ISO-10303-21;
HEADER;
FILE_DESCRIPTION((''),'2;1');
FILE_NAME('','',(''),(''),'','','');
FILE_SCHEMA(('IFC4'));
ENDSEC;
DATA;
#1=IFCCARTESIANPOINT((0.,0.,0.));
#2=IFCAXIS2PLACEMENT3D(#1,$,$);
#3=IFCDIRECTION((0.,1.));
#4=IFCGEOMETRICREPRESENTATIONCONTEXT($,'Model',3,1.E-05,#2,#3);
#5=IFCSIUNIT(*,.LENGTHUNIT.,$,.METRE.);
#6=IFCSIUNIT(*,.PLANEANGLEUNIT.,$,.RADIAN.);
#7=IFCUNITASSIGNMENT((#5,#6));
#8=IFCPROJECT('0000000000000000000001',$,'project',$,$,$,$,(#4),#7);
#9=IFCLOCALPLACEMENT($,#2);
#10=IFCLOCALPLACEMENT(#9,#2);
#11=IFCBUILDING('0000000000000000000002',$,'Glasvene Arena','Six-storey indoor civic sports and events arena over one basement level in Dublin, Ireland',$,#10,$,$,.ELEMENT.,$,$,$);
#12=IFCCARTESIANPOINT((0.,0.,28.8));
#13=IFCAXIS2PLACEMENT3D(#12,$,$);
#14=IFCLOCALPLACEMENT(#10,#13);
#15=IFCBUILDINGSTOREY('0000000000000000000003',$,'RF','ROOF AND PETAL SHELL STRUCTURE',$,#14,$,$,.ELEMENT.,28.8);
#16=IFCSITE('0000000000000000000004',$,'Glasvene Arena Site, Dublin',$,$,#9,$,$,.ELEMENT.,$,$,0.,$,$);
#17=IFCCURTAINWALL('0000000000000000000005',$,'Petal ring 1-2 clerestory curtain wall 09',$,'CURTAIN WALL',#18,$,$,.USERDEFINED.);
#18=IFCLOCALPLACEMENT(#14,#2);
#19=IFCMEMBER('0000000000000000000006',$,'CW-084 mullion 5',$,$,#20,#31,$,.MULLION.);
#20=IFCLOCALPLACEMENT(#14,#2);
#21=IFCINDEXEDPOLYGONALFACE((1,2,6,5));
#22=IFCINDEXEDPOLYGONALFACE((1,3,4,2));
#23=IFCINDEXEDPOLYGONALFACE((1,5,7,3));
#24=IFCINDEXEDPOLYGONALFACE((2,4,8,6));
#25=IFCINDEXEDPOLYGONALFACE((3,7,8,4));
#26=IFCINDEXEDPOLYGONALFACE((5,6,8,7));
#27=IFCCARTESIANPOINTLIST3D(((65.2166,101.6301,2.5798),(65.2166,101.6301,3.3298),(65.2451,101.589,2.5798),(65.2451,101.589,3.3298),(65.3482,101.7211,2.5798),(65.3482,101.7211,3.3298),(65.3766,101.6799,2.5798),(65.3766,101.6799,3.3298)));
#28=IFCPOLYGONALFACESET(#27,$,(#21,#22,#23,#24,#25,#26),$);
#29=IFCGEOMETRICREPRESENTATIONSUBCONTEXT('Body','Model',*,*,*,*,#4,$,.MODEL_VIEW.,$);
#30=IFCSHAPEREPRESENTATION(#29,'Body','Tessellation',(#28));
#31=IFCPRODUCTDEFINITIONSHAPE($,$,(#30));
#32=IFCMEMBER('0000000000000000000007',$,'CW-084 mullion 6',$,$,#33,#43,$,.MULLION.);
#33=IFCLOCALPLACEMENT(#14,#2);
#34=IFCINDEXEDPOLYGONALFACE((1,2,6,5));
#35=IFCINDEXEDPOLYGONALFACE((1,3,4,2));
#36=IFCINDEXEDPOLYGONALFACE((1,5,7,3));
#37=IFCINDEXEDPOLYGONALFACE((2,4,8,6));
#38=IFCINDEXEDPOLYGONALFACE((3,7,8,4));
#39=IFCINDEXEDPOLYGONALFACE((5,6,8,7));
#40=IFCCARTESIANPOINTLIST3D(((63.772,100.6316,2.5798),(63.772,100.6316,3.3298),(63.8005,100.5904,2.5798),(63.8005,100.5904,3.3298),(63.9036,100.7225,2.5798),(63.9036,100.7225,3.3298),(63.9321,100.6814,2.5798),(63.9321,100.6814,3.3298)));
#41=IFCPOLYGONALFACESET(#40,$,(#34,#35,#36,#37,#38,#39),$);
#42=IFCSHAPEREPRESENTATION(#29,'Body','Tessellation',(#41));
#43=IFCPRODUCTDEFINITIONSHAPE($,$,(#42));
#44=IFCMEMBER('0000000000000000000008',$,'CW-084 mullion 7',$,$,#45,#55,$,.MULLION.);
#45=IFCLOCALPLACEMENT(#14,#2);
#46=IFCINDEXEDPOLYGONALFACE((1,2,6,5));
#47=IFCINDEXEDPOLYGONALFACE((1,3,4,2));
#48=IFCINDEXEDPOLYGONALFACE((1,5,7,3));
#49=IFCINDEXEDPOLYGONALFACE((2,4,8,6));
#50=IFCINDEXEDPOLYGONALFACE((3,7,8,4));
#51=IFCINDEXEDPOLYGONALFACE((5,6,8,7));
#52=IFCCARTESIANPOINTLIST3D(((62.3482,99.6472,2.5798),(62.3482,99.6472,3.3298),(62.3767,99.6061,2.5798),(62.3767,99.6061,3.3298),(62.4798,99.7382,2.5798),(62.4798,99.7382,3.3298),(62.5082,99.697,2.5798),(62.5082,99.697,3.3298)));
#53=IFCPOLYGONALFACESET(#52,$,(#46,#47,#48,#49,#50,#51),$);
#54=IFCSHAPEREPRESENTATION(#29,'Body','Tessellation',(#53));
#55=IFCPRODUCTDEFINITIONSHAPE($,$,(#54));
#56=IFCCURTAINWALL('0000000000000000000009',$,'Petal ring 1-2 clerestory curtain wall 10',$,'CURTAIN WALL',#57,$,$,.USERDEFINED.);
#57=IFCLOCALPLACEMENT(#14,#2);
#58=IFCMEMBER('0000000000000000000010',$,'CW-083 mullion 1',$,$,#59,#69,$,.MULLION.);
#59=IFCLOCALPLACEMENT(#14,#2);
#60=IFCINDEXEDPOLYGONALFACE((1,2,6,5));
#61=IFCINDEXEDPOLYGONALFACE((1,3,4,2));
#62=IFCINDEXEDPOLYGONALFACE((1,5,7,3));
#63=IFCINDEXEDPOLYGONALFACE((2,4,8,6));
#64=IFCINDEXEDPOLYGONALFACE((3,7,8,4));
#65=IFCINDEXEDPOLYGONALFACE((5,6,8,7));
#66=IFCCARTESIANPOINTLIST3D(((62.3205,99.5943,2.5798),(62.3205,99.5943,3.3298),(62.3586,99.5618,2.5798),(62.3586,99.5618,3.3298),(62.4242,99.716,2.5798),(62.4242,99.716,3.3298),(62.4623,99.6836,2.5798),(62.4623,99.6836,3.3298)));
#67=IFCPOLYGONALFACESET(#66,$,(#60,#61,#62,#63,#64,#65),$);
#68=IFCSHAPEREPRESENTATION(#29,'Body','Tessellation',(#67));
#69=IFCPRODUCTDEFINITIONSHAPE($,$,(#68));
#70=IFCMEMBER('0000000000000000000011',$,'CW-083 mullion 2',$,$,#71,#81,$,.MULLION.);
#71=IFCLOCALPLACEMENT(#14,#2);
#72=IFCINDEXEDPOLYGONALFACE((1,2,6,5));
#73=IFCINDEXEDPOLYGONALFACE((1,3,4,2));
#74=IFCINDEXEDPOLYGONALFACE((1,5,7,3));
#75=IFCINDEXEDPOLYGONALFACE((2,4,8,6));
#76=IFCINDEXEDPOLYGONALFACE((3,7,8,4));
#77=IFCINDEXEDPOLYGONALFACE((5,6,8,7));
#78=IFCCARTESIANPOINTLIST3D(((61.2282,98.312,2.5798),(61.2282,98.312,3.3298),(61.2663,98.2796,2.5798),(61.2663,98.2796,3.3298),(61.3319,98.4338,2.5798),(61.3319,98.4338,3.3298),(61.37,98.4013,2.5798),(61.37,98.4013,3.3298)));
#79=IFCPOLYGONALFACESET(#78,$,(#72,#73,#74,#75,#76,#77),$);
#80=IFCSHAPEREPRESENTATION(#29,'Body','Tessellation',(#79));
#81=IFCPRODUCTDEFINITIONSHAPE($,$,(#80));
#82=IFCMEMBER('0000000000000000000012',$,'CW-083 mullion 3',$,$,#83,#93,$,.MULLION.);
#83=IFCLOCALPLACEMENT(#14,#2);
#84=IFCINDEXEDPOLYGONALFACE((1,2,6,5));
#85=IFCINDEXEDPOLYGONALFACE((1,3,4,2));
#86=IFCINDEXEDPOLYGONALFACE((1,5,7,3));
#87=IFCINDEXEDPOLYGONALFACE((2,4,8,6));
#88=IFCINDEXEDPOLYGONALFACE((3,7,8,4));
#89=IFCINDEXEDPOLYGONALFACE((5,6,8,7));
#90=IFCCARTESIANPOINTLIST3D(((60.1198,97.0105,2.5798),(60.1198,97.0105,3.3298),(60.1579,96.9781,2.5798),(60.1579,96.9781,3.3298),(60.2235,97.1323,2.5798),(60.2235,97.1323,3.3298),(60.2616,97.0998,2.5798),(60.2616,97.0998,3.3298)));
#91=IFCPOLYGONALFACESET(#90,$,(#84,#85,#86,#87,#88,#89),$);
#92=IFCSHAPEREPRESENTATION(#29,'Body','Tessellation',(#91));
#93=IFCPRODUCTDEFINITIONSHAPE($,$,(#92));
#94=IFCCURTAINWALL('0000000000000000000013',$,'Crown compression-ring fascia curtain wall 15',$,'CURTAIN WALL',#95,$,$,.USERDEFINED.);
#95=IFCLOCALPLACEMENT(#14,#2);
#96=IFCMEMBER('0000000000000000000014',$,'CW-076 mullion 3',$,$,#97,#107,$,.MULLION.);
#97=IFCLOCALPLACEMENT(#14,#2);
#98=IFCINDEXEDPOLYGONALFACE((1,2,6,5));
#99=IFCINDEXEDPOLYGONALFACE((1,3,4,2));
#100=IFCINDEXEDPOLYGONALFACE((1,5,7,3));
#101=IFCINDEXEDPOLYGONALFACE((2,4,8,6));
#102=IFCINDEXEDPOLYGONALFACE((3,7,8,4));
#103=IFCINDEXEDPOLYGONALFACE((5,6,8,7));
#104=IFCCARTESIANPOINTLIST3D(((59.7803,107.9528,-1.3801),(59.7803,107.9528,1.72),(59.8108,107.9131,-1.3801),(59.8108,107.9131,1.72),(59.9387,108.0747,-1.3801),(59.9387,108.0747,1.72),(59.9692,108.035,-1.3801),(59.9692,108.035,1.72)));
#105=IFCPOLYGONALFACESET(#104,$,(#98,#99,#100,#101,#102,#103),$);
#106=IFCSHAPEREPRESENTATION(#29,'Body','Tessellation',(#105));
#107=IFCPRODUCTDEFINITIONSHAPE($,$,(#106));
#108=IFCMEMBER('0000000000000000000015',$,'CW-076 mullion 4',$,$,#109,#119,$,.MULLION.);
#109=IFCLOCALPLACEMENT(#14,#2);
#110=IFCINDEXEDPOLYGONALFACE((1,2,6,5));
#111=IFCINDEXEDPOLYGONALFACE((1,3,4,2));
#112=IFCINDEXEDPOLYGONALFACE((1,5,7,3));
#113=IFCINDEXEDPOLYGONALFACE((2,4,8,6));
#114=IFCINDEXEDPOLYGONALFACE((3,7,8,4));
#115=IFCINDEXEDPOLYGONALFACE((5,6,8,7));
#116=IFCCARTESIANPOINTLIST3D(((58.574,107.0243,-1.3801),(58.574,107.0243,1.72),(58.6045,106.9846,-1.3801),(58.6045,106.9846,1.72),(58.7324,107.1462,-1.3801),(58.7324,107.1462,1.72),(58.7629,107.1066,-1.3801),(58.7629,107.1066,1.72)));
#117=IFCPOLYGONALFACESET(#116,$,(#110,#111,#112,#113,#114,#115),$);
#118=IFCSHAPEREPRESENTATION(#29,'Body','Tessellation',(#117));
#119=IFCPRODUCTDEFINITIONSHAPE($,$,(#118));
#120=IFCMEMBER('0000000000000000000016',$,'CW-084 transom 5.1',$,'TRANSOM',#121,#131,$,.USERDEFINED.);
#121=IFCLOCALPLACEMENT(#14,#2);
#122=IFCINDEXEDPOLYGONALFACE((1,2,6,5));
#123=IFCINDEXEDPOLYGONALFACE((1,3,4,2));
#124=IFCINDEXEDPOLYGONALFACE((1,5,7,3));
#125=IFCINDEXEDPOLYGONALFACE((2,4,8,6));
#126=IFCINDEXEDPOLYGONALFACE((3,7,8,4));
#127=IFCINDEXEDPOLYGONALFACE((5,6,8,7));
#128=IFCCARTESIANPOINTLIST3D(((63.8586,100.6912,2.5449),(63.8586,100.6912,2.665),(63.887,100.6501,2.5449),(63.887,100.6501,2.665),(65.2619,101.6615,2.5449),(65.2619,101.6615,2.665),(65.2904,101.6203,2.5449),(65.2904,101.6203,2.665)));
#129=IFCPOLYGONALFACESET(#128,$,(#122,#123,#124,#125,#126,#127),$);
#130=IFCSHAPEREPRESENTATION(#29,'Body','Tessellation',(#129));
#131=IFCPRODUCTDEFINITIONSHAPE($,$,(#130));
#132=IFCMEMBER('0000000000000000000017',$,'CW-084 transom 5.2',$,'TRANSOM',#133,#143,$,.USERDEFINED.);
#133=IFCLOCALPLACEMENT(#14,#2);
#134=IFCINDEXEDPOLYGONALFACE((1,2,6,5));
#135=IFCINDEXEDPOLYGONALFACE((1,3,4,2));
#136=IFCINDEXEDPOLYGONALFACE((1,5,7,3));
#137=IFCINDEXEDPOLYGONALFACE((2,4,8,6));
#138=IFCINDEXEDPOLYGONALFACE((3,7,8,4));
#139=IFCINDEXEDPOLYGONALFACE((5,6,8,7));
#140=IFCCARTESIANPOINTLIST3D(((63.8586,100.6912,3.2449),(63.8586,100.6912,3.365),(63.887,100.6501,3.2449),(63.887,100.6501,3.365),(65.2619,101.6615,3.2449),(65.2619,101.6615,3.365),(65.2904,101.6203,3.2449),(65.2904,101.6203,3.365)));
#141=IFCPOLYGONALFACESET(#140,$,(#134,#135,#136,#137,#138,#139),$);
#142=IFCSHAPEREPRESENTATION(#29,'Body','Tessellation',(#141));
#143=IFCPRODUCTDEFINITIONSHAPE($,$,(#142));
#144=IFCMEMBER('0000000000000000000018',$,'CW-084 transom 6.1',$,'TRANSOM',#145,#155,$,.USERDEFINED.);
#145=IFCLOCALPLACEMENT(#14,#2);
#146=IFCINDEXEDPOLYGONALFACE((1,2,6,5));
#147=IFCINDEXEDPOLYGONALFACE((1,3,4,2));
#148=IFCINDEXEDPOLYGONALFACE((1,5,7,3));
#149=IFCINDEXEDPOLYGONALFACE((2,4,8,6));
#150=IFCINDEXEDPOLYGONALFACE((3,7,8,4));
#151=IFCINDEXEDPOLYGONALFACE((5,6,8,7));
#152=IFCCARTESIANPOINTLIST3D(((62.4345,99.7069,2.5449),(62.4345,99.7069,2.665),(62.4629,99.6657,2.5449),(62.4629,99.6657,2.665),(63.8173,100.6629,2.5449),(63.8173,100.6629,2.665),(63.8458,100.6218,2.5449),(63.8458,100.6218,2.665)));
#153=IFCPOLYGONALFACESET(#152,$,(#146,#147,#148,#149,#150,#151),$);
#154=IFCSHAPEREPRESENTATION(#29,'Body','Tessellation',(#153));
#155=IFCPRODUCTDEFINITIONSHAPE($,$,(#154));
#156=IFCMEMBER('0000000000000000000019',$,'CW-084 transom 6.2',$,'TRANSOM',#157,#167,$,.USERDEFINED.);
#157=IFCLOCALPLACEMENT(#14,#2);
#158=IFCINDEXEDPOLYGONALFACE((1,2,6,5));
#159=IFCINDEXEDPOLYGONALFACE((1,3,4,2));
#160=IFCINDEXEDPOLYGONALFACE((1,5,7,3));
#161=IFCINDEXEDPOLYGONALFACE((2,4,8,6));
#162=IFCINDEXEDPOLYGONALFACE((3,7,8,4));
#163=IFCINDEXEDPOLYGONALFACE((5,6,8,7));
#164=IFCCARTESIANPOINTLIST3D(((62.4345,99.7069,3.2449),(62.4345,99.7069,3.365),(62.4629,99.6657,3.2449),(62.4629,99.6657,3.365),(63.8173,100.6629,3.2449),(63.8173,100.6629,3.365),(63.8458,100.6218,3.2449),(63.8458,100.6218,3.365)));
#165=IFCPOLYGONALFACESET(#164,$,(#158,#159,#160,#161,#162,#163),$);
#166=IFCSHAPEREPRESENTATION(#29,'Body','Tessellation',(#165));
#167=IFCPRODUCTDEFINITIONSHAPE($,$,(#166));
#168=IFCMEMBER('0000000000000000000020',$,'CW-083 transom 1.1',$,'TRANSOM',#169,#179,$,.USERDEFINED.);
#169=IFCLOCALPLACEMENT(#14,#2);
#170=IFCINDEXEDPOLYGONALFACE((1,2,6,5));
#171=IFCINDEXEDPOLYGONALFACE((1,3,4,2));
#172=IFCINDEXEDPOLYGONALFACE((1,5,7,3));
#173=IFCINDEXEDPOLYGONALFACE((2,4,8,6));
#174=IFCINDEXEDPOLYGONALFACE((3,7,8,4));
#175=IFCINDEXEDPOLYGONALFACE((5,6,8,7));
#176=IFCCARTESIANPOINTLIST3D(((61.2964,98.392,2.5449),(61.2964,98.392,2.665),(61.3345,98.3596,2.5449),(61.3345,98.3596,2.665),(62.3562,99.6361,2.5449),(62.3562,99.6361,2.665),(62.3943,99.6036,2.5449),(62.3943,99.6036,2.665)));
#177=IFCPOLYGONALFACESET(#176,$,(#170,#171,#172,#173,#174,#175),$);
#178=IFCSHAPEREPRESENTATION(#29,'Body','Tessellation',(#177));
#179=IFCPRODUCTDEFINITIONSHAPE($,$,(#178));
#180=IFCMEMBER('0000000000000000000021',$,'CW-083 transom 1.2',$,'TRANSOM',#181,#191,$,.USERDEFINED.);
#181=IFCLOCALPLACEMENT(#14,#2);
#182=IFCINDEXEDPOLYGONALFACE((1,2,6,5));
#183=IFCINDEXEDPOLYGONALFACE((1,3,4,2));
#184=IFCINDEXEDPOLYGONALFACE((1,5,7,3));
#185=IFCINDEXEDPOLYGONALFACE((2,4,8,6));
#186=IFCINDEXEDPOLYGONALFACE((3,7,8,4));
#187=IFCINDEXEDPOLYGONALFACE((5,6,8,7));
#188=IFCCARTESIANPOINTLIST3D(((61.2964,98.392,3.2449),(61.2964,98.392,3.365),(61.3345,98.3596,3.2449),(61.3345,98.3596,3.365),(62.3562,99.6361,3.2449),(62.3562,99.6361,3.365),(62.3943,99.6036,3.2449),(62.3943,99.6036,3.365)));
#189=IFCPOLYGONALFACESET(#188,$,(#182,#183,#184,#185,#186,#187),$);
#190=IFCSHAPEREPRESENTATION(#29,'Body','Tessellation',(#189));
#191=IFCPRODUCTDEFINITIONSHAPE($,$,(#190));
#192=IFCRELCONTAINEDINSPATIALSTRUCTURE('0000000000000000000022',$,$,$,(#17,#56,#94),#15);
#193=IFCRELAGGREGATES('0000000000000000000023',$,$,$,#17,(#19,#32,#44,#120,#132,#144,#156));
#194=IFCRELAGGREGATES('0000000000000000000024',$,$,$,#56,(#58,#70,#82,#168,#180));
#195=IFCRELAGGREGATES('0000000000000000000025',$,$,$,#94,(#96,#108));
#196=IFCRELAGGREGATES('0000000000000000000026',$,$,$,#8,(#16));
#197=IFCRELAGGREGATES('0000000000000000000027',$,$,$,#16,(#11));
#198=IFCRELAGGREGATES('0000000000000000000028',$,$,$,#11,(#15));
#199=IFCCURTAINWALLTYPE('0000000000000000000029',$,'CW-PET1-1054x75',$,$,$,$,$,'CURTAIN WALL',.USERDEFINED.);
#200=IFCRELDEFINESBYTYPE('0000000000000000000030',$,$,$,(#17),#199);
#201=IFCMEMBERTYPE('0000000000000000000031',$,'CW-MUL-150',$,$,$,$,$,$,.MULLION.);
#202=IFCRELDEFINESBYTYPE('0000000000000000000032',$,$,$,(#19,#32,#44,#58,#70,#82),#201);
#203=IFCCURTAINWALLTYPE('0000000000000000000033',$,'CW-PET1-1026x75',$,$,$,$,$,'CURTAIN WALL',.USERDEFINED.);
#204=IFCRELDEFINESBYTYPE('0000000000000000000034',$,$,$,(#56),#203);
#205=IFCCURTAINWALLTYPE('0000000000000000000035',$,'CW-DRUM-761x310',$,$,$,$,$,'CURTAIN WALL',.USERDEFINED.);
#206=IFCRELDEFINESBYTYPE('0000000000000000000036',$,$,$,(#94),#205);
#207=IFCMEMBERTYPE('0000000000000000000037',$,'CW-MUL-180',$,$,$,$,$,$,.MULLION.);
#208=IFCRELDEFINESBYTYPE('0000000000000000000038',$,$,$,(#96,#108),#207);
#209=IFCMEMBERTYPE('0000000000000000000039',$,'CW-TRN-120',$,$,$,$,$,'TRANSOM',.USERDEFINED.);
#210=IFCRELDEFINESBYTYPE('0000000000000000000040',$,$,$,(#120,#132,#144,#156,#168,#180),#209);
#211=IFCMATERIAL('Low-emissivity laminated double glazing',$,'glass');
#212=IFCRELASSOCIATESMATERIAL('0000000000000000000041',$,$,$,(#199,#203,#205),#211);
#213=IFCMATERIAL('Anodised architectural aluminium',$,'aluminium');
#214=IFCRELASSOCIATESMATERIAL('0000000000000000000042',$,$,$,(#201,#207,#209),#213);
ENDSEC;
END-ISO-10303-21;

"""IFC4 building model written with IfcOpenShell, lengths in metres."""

from ifc_helpers import new_model, si_unit, direction, frame, origin, origin_2d, place, context, subcontext, project, spatial, rectangle, extrude, material, material_profile, profile_set, type_object, element, aggregate, save


model = new_model("IFC4")

# Units and contexts
model_context = context("Model", 3, precision=1e-05, world=origin(), true_north=direction((0.0, 1.0)))
body_context = subcontext(model_context, "Body", "Model", "MODEL_VIEW")
ifc_project = project(units=[si_unit("LENGTHUNIT", "METRE"), si_unit("PLANEANGLEUNIT", "RADIAN")], contexts=[model_context])

# Site, building, storey
site_placement = place(None, origin())
site = spatial("IfcSite", under=ifc_project, at=site_placement, Name="Glasvene Arena Site, Dublin", CompositionType="ELEMENT", RefElevation=0.0)
building_placement = place(site_placement, origin())
building = spatial("IfcBuilding", under=site, at=building_placement, Name="Glasvene Arena", Description="Six-storey indoor civic sports and events arena over one basement level in Dublin, Ireland", CompositionType="ELEMENT")
storey_placement = place(building_placement, frame((0.0, 0.0, 28.8)))
storey = spatial("IfcBuildingStorey", under=building, at=storey_placement, Name="RF", Description="ROOF AND PETAL SHELL STRUCTURE", CompositionType="ELEMENT", Elevation=28.8)

# Curtain walls, members
ifc_material_1 = material(Name="Low-emissivity laminated double glazing", Category="glass")
curtain_wall_type_1 = type_object("IfcCurtainWallType", Name="CW-PET1-1054x75", ElementType="CURTAIN WALL", PredefinedType="USERDEFINED", material=ifc_material_1)
curtain_wall_1_placement = place(storey_placement, frame((71.075, 105.6492, 0.0)))
curtain_wall_1 = element("IfcCurtainWall", 1, at=curtain_wall_1_placement, inside=storey, type_object=curtain_wall_type_1, Name="Petal ring 1-2 clerestory curtain wall 09", ObjectType="CURTAIN WALL", PredefinedType="USERDEFINED")
ifc_material_2 = material(Name="Anodised architectural aluminium", Category="aluminium")
ifc_material_profile_1 = material_profile(ifc_material_2, rectangle(XDim=0.05, YDim=0.1599, at=origin_2d()), Name="ALU MULLION 50x160")
ifc_profile_set_1 = profile_set([ifc_material_profile_1], Name="Anodised architectural aluminium")
member_type_1 = type_object("IfcMemberType", Name="CW-MUL-150", PredefinedType="MULLION", material=ifc_profile_set_1)
member_1_placement = place(storey_placement, frame((65.2966, 101.655, 2.5798), z_axis=(0.0, 0.0, 1.0), x_axis=(0.568619, -0.822601, 0.0)))
member_1 = element("IfcMember", 2, at=member_1_placement, type_object=member_type_1, Name="CW-084 mullion 5", PredefinedType="MULLION", context=body_context, shape_type="SweptSolid", body=[
    extrude(rectangle(XDim=0.05, YDim=0.1599, at=origin_2d()), origin(), (0.0, 0.0, 1.0), 0.75),
])
member_2_placement = place(storey_placement, frame((63.8521, 100.6565, 2.5798), z_axis=(0.0, 0.0, 1.0), x_axis=(0.568619, -0.822601, 0.0)))
member_2 = element("IfcMember", 3, at=member_2_placement, type_object=member_type_1, Name="CW-084 mullion 6", PredefinedType="MULLION", context=body_context, shape_type="SweptSolid", body=[
    extrude(rectangle(XDim=0.05, YDim=0.1599, at=origin_2d()), origin(), (0.0, 0.0, 1.0), 0.75),
])
member_3_placement = place(storey_placement, frame((62.4282, 99.6721, 2.5798), z_axis=(0.0, 0.0, 1.0), x_axis=(0.568619, -0.822601, 0.0)))
member_3 = element("IfcMember", 4, at=member_3_placement, type_object=member_type_1, Name="CW-084 mullion 7", PredefinedType="MULLION", context=body_context, shape_type="SweptSolid", body=[
    extrude(rectangle(XDim=0.05, YDim=0.1599, at=origin_2d()), origin(), (0.0, 0.0, 1.0), 0.75),
])
curtain_wall_type_2 = type_object("IfcCurtainWallType", Name="CW-PET1-1026x75", ElementType="CURTAIN WALL", PredefinedType="USERDEFINED", material=ifc_material_1)
curtain_wall_2_placement = place(storey_placement, frame((62.4077, 99.658, 0.0)))
curtain_wall_2 = element("IfcCurtainWall", 5, at=curtain_wall_2_placement, inside=storey, type_object=curtain_wall_type_2, Name="Petal ring 1-2 clerestory curtain wall 10", ObjectType="CURTAIN WALL", PredefinedType="USERDEFINED")
member_4_placement = place(storey_placement, frame((62.3914, 99.6389, 2.5798), z_axis=(0.0, 0.0, 1.0), x_axis=(0.761261, -0.648445, 0.0)))
member_4 = element("IfcMember", 6, at=member_4_placement, type_object=member_type_1, Name="CW-083 mullion 1", PredefinedType="MULLION", context=body_context, shape_type="SweptSolid", body=[
    extrude(rectangle(XDim=0.05, YDim=0.1599, at=origin_2d()), origin(), (0.0, 0.0, 1.0), 0.75),
])
member_5_placement = place(storey_placement, frame((61.2991, 98.3567, 2.5798), z_axis=(0.0, 0.0, 1.0), x_axis=(0.761261, -0.648445, 0.0)))
member_5 = element("IfcMember", 7, at=member_5_placement, type_object=member_type_1, Name="CW-083 mullion 2", PredefinedType="MULLION", context=body_context, shape_type="SweptSolid", body=[
    extrude(rectangle(XDim=0.05, YDim=0.1599, at=origin_2d()), origin(), (0.0, 0.0, 1.0), 0.75),
])
member_6_placement = place(storey_placement, frame((60.1907, 97.0552, 2.5798), z_axis=(0.0, 0.0, 1.0), x_axis=(0.761261, -0.648445, 0.0)))
member_6 = element("IfcMember", 8, at=member_6_placement, type_object=member_type_1, Name="CW-083 mullion 3", PredefinedType="MULLION", context=body_context, shape_type="SweptSolid", body=[
    extrude(rectangle(XDim=0.05, YDim=0.1599, at=origin_2d()), origin(), (0.0, 0.0, 1.0), 0.75),
])
curtain_wall_type_3 = type_object("IfcCurtainWallType", Name="CW-DRUM-761x310", ElementType="CURTAIN WALL", PredefinedType="USERDEFINED", material=ifc_material_1)
curtain_wall_3_placement = place(storey_placement, frame((62.2876, 109.8506, 0.0)))
curtain_wall_3 = element("IfcCurtainWall", 9, at=curtain_wall_3_placement, inside=storey, type_object=curtain_wall_type_3, Name="Crown compression-ring fascia curtain wall 15", ObjectType="CURTAIN WALL", PredefinedType="USERDEFINED")
ifc_material_profile_2 = material_profile(ifc_material_2, rectangle(XDim=0.05, YDim=0.2, at=origin_2d()), Name="ALU MULLION 50x200")
ifc_profile_set_2 = profile_set([ifc_material_profile_2], Name="Anodised architectural aluminium")
member_type_2 = type_object("IfcMemberType", Name="CW-MUL-180", PredefinedType="MULLION", material=ifc_profile_set_2)
member_7_placement = place(storey_placement, frame((59.8748, 107.9939, -1.3801), z_axis=(0.0, 0.0, 1.0), x_axis=(0.609895, -0.792482, 0.0)))
member_7 = element("IfcMember", 10, at=member_7_placement, type_object=member_type_2, Name="CW-076 mullion 3", PredefinedType="MULLION", context=body_context, shape_type="SweptSolid", body=[
    extrude(rectangle(XDim=0.05, YDim=0.2, at=origin_2d()), origin(), (0.0, 0.0, 1.0), 3.1001),
])
member_8_placement = place(storey_placement, frame((58.6685, 107.0654, -1.3801), z_axis=(0.0, 0.0, 1.0), x_axis=(0.609895, -0.792482, 0.0)))
member_8 = element("IfcMember", 11, at=member_8_placement, type_object=member_type_2, Name="CW-076 mullion 4", PredefinedType="MULLION", context=body_context, shape_type="SweptSolid", body=[
    extrude(rectangle(XDim=0.05, YDim=0.2, at=origin_2d()), origin(), (0.0, 0.0, 1.0), 3.1001),
])

# Members
ifc_material_profile_3 = material_profile(ifc_material_2, rectangle(XDim=0.05, YDim=0.1201, at=origin_2d()), Name="ALU TRANSOM 50x120")
ifc_profile_set_3 = profile_set([ifc_material_profile_3], Name="Anodised architectural aluminium")
member_type_3 = type_object("IfcMemberType", Name="CW-TRN-120", ElementType="TRANSOM", PredefinedType="USERDEFINED", material=ifc_profile_set_3)
member_9_placement = place(storey_placement, frame((65.2761, 101.6409, 2.605), z_axis=(-0.822553, -0.568689, 0.0), x_axis=(0.568689, -0.822553, 0.0)))
member_9 = element("IfcMember", 12, at=member_9_placement, type_object=member_type_3, Name="CW-084 transom 5.1", ObjectType="TRANSOM", PredefinedType="USERDEFINED", context=body_context, shape_type="SweptSolid", body=[
    extrude(rectangle(XDim=0.05, YDim=0.1201, at=origin_2d()), origin(), (0.0, 0.0, 1.0), 1.7061),
])
member_10_placement = place(storey_placement, frame((65.2761, 101.6409, 3.3049), z_axis=(-0.822553, -0.568689, 0.0), x_axis=(0.568689, -0.822553, 0.0)))
member_10 = element("IfcMember", 13, at=member_10_placement, type_object=member_type_3, Name="CW-084 transom 5.2", ObjectType="TRANSOM", PredefinedType="USERDEFINED", context=body_context, shape_type="SweptSolid", body=[
    extrude(rectangle(XDim=0.05, YDim=0.1201, at=origin_2d()), origin(), (0.0, 0.0, 1.0), 1.7061),
])
member_11_placement = place(storey_placement, frame((63.8315, 100.6423, 2.605), z_axis=(-0.822548, -0.568696, 0.0), x_axis=(0.568696, -0.822548, 0.0)))
member_11 = element("IfcMember", 14, at=member_11_placement, type_object=member_type_3, Name="CW-084 transom 6.1", ObjectType="TRANSOM", PredefinedType="USERDEFINED", context=body_context, shape_type="SweptSolid", body=[
    extrude(rectangle(XDim=0.05, YDim=0.1201, at=origin_2d()), origin(), (0.0, 0.0, 1.0), 1.6812),
])
member_12_placement = place(storey_placement, frame((63.8315, 100.6423, 3.3049), z_axis=(-0.822548, -0.568696, 0.0), x_axis=(0.568696, -0.822548, 0.0)))
member_12 = element("IfcMember", 15, at=member_12_placement, type_object=member_type_3, Name="CW-084 transom 6.2", ObjectType="TRANSOM", PredefinedType="USERDEFINED", context=body_context, shape_type="SweptSolid", body=[
    extrude(rectangle(XDim=0.05, YDim=0.1201, at=origin_2d()), origin(), (0.0, 0.0, 1.0), 1.6812),
])
member_13_placement = place(storey_placement, frame((62.3752, 99.6199, 2.605), z_axis=(-0.648463, -0.761246, 0.0), x_axis=(0.761246, -0.648463, 0.0)))
member_13 = element("IfcMember", 16, at=member_13_placement, type_object=member_type_3, Name="CW-083 transom 1.1", ObjectType="TRANSOM", PredefinedType="USERDEFINED", context=body_context, shape_type="SweptSolid", body=[
    extrude(rectangle(XDim=0.05, YDim=0.1201, at=origin_2d()), origin(), (0.0, 0.0, 1.0), 1.6343),
])
member_14_placement = place(storey_placement, frame((62.3752, 99.6199, 3.3049), z_axis=(-0.648463, -0.761246, 0.0), x_axis=(0.761246, -0.648463, 0.0)))
member_14 = element("IfcMember", 17, at=member_14_placement, type_object=member_type_3, Name="CW-083 transom 1.2", ObjectType="TRANSOM", PredefinedType="USERDEFINED", context=body_context, shape_type="SweptSolid", body=[
    extrude(rectangle(XDim=0.05, YDim=0.1201, at=origin_2d()), origin(), (0.0, 0.0, 1.0), 1.6343),
])

aggregate(curtain_wall_1, [member_1, member_2, member_3, member_9, member_10, member_11, member_12])
aggregate(curtain_wall_2, [member_4, member_5, member_6, member_13, member_14])
aggregate(curtain_wall_3, [member_7, member_8])

save(model, "model.ifc")
